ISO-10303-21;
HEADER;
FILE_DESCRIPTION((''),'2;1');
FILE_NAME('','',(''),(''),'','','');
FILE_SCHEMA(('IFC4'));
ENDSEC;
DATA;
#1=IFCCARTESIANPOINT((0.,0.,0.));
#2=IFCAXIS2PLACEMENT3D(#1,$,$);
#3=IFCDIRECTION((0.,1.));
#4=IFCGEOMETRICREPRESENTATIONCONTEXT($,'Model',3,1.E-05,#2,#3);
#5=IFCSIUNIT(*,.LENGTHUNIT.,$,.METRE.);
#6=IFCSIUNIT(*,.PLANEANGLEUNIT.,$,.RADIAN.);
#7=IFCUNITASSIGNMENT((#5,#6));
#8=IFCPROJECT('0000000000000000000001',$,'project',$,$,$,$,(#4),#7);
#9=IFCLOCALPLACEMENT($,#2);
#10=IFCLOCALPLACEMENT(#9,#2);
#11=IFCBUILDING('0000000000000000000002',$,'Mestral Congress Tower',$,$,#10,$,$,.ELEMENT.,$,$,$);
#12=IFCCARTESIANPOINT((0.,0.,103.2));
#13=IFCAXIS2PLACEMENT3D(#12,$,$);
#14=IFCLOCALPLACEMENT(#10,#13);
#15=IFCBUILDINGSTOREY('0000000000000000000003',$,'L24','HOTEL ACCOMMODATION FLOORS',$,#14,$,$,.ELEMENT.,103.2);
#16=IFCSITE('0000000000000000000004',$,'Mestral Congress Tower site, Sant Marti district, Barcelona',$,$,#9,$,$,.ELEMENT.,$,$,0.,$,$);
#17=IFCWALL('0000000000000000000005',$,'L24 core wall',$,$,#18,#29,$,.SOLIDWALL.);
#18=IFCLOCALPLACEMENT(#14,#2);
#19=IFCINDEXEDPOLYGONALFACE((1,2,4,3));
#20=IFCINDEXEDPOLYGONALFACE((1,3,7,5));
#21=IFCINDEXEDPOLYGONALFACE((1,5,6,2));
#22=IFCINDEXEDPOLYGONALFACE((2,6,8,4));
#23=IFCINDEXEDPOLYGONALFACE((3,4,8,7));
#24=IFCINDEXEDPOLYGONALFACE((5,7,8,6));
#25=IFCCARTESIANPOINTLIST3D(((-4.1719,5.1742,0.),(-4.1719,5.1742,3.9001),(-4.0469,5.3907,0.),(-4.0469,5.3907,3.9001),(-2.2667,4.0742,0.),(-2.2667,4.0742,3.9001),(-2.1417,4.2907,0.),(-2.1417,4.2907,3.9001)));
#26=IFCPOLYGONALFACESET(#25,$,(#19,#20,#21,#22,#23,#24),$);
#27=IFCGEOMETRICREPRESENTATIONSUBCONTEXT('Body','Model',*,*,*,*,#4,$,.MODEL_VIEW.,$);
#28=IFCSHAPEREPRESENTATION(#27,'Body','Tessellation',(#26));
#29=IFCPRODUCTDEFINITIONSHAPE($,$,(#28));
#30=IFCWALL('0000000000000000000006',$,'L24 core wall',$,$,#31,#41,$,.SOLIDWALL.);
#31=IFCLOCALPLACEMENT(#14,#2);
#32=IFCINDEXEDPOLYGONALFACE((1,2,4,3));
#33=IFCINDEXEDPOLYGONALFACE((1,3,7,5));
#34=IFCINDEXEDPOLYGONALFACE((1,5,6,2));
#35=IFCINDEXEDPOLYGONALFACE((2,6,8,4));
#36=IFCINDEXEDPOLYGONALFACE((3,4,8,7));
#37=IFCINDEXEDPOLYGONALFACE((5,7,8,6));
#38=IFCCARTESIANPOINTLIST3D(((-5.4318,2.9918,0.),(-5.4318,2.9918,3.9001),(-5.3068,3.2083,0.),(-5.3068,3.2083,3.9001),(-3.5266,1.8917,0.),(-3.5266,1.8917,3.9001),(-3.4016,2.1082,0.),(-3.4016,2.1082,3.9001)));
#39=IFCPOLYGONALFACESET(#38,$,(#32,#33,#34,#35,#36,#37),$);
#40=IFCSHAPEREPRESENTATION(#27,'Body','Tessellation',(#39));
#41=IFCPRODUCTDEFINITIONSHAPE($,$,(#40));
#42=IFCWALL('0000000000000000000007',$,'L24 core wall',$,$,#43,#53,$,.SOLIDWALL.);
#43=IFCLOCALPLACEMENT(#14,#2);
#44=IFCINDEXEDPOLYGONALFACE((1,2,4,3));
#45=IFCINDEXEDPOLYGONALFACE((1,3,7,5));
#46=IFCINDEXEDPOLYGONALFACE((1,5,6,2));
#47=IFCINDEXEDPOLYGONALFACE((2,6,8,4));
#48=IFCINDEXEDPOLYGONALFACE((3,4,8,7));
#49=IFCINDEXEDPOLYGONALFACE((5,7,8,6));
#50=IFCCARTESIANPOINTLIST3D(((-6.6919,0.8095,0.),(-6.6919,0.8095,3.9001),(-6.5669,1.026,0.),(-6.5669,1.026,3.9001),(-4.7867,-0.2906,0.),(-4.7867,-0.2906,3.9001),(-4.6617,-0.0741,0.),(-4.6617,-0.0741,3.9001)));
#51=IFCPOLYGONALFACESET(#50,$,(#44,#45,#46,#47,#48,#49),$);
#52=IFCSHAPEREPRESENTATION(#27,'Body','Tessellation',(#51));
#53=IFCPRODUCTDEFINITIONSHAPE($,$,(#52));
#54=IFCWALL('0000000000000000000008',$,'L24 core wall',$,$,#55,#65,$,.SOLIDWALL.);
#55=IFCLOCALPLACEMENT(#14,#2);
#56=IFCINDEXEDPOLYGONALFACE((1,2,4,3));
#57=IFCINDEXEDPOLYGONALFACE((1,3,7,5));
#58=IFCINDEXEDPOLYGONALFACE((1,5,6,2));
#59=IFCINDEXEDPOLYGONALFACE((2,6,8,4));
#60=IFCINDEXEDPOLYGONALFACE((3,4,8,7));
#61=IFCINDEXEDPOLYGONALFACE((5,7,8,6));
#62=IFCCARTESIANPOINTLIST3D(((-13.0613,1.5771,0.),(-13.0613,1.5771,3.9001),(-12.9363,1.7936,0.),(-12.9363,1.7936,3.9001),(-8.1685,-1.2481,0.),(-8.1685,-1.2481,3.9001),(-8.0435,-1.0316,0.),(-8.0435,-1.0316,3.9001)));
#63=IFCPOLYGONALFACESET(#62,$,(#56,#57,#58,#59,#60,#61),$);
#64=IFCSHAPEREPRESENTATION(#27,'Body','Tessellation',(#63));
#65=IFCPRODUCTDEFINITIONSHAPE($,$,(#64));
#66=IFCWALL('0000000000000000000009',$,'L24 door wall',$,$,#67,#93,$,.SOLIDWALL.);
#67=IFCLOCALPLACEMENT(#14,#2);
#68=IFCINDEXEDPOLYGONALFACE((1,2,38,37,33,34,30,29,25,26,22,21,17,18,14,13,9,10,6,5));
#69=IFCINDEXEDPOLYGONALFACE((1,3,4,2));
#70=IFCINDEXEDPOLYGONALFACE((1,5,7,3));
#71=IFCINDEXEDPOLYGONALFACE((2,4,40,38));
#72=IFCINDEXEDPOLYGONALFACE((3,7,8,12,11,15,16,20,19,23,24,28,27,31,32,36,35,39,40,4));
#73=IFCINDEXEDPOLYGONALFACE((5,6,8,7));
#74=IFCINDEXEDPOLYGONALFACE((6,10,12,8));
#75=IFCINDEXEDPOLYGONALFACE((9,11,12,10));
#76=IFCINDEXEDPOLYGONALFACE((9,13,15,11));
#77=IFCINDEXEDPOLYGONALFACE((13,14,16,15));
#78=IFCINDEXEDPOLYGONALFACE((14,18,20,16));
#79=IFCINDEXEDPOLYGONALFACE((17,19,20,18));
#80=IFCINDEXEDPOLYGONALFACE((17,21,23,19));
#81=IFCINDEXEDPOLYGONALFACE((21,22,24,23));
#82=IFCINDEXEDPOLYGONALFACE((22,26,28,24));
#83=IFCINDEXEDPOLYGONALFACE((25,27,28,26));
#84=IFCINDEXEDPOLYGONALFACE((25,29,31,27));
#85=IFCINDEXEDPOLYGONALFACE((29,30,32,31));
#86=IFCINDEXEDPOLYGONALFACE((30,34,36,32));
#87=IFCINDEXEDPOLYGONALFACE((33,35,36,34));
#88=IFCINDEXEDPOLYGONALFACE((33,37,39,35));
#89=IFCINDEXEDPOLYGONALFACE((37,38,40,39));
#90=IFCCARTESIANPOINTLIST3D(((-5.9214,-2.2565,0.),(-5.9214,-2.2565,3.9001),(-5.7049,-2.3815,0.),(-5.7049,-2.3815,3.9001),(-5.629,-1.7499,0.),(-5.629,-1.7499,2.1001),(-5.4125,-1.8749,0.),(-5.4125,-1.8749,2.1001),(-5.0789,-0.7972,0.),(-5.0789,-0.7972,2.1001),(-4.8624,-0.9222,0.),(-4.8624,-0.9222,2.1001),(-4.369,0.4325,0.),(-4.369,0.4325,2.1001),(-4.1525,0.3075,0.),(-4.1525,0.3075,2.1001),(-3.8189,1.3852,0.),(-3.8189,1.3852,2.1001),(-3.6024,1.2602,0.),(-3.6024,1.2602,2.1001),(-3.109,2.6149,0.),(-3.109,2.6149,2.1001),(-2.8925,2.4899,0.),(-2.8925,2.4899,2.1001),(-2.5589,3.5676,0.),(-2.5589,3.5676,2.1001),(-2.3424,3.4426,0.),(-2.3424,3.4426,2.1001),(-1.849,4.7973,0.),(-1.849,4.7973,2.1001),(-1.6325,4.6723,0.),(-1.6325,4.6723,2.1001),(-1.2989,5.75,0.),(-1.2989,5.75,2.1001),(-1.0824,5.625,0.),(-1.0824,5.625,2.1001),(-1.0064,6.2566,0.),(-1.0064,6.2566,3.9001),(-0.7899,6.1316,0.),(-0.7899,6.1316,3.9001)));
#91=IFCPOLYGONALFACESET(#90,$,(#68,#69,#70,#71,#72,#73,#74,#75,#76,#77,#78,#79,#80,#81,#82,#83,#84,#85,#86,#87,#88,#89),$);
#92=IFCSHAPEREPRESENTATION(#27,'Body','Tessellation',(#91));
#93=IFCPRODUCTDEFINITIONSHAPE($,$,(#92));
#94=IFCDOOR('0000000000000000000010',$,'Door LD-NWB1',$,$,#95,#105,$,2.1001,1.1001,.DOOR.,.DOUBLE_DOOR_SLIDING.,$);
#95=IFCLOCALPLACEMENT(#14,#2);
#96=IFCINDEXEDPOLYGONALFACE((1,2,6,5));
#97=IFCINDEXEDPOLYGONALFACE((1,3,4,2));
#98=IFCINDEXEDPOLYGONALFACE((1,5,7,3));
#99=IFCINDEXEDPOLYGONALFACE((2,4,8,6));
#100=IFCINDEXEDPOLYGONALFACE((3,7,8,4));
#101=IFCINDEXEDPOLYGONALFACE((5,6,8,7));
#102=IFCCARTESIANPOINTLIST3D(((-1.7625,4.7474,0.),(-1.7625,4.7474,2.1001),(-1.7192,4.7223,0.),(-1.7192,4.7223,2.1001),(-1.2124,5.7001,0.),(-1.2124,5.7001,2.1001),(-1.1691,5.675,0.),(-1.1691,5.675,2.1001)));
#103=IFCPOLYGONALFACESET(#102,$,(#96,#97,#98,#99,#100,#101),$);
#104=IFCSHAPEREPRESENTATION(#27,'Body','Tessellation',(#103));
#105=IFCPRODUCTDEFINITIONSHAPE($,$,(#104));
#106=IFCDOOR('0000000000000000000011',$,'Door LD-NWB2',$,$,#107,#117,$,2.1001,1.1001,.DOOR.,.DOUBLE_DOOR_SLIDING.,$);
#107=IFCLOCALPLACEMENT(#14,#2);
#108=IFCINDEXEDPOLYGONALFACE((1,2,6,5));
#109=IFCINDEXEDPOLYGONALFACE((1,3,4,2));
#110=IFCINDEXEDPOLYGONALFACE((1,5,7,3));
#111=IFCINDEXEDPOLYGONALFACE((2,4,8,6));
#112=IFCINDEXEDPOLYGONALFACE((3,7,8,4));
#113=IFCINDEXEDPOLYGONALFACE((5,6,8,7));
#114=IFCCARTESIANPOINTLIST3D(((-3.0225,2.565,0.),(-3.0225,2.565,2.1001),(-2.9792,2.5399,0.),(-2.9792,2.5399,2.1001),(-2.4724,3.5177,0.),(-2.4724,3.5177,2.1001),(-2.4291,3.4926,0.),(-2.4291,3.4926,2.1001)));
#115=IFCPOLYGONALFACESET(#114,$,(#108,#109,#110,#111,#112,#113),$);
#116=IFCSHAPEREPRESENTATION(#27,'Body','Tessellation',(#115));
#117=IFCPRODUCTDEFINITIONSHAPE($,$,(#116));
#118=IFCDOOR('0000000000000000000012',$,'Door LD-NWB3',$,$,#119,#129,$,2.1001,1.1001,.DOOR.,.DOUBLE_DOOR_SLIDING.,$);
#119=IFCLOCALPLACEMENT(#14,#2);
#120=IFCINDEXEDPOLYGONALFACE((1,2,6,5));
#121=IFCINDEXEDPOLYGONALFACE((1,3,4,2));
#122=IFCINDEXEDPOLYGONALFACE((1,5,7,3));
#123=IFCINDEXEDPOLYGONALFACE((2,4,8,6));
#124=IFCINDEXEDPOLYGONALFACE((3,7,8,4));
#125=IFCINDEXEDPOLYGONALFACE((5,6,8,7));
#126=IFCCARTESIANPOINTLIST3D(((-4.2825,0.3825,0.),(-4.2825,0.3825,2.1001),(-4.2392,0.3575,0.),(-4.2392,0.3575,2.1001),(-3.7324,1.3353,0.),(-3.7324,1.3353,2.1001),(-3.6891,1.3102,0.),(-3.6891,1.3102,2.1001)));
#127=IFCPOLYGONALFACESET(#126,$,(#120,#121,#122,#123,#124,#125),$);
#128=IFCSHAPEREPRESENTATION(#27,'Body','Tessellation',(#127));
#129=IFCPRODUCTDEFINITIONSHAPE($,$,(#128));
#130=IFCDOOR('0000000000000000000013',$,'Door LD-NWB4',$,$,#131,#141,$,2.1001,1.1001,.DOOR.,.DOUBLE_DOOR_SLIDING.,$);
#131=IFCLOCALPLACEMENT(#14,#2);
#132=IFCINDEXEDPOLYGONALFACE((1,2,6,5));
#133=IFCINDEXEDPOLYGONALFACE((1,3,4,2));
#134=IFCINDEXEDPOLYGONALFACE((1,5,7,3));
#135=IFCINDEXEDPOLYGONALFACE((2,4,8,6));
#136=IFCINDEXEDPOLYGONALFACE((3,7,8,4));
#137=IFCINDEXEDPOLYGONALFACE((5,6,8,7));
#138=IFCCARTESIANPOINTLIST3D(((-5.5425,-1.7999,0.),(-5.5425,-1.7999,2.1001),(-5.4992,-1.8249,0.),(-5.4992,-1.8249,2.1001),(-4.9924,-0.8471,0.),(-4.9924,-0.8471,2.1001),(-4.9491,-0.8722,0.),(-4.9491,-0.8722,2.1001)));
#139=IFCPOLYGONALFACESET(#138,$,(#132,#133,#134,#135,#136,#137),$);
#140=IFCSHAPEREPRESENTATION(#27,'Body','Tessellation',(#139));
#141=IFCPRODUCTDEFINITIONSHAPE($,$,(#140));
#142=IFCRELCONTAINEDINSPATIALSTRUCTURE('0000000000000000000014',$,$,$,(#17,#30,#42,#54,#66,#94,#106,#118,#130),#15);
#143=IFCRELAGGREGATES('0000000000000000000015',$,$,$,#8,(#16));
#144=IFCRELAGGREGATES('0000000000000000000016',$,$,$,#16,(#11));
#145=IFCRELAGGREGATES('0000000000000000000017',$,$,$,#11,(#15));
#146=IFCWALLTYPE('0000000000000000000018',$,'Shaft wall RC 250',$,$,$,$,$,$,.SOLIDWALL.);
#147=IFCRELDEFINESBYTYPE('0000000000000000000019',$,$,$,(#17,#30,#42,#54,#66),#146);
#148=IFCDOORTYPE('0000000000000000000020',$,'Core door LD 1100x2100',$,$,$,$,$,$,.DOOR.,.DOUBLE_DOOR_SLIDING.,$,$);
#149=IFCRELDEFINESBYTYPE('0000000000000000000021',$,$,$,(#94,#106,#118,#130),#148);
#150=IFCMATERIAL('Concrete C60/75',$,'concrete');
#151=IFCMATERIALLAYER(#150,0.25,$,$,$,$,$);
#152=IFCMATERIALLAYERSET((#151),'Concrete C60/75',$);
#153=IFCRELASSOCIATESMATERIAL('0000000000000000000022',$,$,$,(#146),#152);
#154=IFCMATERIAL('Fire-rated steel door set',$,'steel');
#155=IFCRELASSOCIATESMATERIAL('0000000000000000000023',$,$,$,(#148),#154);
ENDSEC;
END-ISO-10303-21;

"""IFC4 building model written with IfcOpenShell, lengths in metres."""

from ifc_helpers import new_model, si_unit, direction, frame, frame_2d, origin, place, context, subcontext, project, spatial, rectangle, extrude, material, layer, layer_set, type_object, element, fill, save


model = new_model("IFC4")

# Units and contexts
model_context = context("Model", 3, precision=1e-05, world=origin(), true_north=direction((0.0, 1.0)))
body_context = subcontext(model_context, "Body", "Model", "MODEL_VIEW")
ifc_project = project(units=[si_unit("LENGTHUNIT", "METRE"), si_unit("PLANEANGLEUNIT", "RADIAN")], contexts=[model_context])

# Site, building, storey
site_placement = place(None, origin())
site = spatial("IfcSite", under=ifc_project, at=site_placement, Name="Mestral Congress Tower site, Sant Marti district, Barcelona", CompositionType="ELEMENT", RefElevation=0.0)
building_placement = place(site_placement, origin())
building = spatial("IfcBuilding", under=site, at=building_placement, Name="Mestral Congress Tower", CompositionType="ELEMENT")
storey_placement = place(building_placement, frame((0.0, 0.0, 103.2)))
storey = spatial("IfcBuildingStorey", under=building, at=storey_placement, Name="L24", Description="HOTEL ACCOMMODATION FLOORS", CompositionType="ELEMENT", Elevation=103.2)

# Shared definitions
ifc_material_1 = material(Name="Concrete C60/75", Category="concrete")

# Shared definitions
ifc_material_2 = material(Name="Fire-rated steel door set", Category="steel")

# Walls
ifc_layer_1 = layer(ifc_material_1, 0.25)
ifc_layer_set_1 = layer_set([ifc_layer_1], Name="Concrete C60/75")
wall_type_1 = type_object("IfcWallType", Name="Shaft wall RC 250", PredefinedType="SOLIDWALL", material=ifc_layer_set_1)
for number, where, z_axis, x_axis, name in (
    (1, (-2.2041, 4.1824, 0.0), (0.0, 0.0, 1.0), (-0.866008, 0.50003, 0.0), "L24 core wall"),
    (2, (-5.3694, 3.1001, 0.0), (0.0, 0.0, 1.0), (0.866008, -0.50003, 0.0), "L24 core wall"),
    (3, (-4.7241, -0.1824, 0.0), (0.0, 0.0, 1.0), (-0.866008, 0.50003, 0.0), "L24 core wall"),
):
    element("IfcWall", number, at=place(storey_placement, frame(where, z_axis=z_axis, x_axis=x_axis)), inside=storey, type_object=wall_type_1, Name=name, PredefinedType="SOLIDWALL", context=body_context, shape_type="SweptSolid", body=[
        extrude(rectangle(XDim=2.2, YDim=0.25, at=frame_2d((1.1001, 0.0))), origin(), (0.0, 0.0, 1.0), 3.9001),
    ])
wall_1_placement = place(storey_placement, frame((-8.106, -1.1399, 0.0), z_axis=(0.0, 0.0, 1.0), x_axis=(-0.866001, 0.500043, 0.0)))
element("IfcWall", 4, at=wall_1_placement, inside=storey, type_object=wall_type_1, Name="L24 core wall", PredefinedType="SOLIDWALL", context=body_context, shape_type="SweptSolid", body=[
    extrude(rectangle(XDim=5.6499, YDim=0.25, at=frame_2d((2.825, 0.0))), origin(), (0.0, 0.0, 1.0), 3.9001),
])

# Wall, openings, doors
wall_2_placement = place(storey_placement, frame((-0.8982, 6.1941, 0.0), z_axis=(0.0, 0.0, 1.0), x_axis=(-0.499996, -0.866028, 0.0)))
wall_2 = element("IfcWall", 5, at=wall_2_placement, inside=storey, type_object=wall_type_1, Name="L24 door wall", PredefinedType="SOLIDWALL", context=body_context, shape_type="SweptSolid", body=[
    extrude(rectangle(XDim=9.8301, YDim=0.25, at=frame_2d((4.915, 0.0))), origin(), (0.0, 0.0, 1.0), 3.9001),
])
opening_1_placement = place(wall_2_placement, frame((0.585, 0.0, 0.0)))
opening_1 = element("IfcOpeningElement", 6, at=opening_1_placement, cuts=wall_2, PredefinedType="OPENING", context=body_context, shape_type="SweptSolid", body=[
    extrude(rectangle(XDim=1.1001, YDim=2.1001, at=frame_2d((0.55, 1.05))), frame((0.0, 0.135, 0.0), z_axis=(0.0, -1.0, 0.0), x_axis=(1.0, 0.0, 0.0)), (0.0, 0.0, 1.0), 0.27),
])
opening_2_placement = place(wall_2_placement, frame((3.105, 0.0, 0.0)))
opening_2 = element("IfcOpeningElement", 7, at=opening_2_placement, cuts=wall_2, PredefinedType="OPENING", context=body_context, shape_type="SweptSolid", body=[
    extrude(rectangle(XDim=1.1001, YDim=2.1001, at=frame_2d((0.55, 1.05))), frame((0.0, 0.135, 0.0), z_axis=(0.0, -1.0, 0.0), x_axis=(1.0, 0.0, 0.0)), (0.0, 0.0, 1.0), 0.27),
])
opening_3_placement = place(wall_2_placement, frame((5.625, 0.0, 0.0)))
opening_3 = element("IfcOpeningElement", 8, at=opening_3_placement, cuts=wall_2, PredefinedType="OPENING", context=body_context, shape_type="SweptSolid", body=[
    extrude(rectangle(XDim=1.1001, YDim=2.1001, at=frame_2d((0.55, 1.05))), frame((0.0, 0.135, 0.0), z_axis=(0.0, -1.0, 0.0), x_axis=(1.0, 0.0, 0.0)), (0.0, 0.0, 1.0), 0.27),
])
opening_4_placement = place(wall_2_placement, frame((8.145, 0.0, 0.0)))
opening_4 = element("IfcOpeningElement", 9, at=opening_4_placement, cuts=wall_2, PredefinedType="OPENING", context=body_context, shape_type="SweptSolid", body=[
    extrude(rectangle(XDim=1.1001, YDim=2.1001, at=frame_2d((0.55, 1.05))), frame((0.0, 0.135, 0.0), z_axis=(0.0, -1.0, 0.0), x_axis=(1.0, 0.0, 0.0)), (0.0, 0.0, 1.0), 0.27),
])
door_type_1 = type_object("IfcDoorType", Name="Core door LD 1100x2100", OperationType="DOUBLE_DOOR_SLIDING", PredefinedType="DOOR", material=ifc_material_2)
door_1_placement = place(opening_1_placement, origin())
door_1 = element("IfcDoor", 10, at=door_1_placement, inside=storey, type_object=door_type_1, Name="Door LD-NWB1", OperationType="DOUBLE_DOOR_SLIDING", OverallHeight=2.1001, OverallWidth=1.1001, PredefinedType="DOOR", context=body_context, shape_type="SweptSolid", body=[
    extrude(rectangle(XDim=1.1001, YDim=2.1001, at=frame_2d((0.55, 1.05))), frame((0.0, 0.0249, 0.0), z_axis=(0.0, -1.0, 0.0), x_axis=(1.0, 0.0, 0.0)), (0.0, 0.0, 1.0), 0.05),
])
fill(opening_1, door_1)
door_2_placement = place(opening_2_placement, origin())
door_2 = element("IfcDoor", 11, at=door_2_placement, inside=storey, type_object=door_type_1, Name="Door LD-NWB2", OperationType="DOUBLE_DOOR_SLIDING", OverallHeight=2.1001, OverallWidth=1.1001, PredefinedType="DOOR", context=body_context, shape_type="SweptSolid", body=[
    extrude(rectangle(XDim=1.1001, YDim=2.1001, at=frame_2d((0.55, 1.05))), frame((0.0, 0.0249, 0.0), z_axis=(0.0, -1.0, 0.0), x_axis=(1.0, 0.0, 0.0)), (0.0, 0.0, 1.0), 0.05),
])
fill(opening_2, door_2)
door_3_placement = place(opening_3_placement, origin())
door_3 = element("IfcDoor", 12, at=door_3_placement, inside=storey, type_object=door_type_1, Name="Door LD-NWB3", OperationType="DOUBLE_DOOR_SLIDING", OverallHeight=2.1001, OverallWidth=1.1001, PredefinedType="DOOR", context=body_context, shape_type="SweptSolid", body=[
    extrude(rectangle(XDim=1.1001, YDim=2.1001, at=frame_2d((0.55, 1.05))), frame((0.0, 0.0249, 0.0), z_axis=(0.0, -1.0, 0.0), x_axis=(1.0, 0.0, 0.0)), (0.0, 0.0, 1.0), 0.05),
])
fill(opening_3, door_3)
door_4_placement = place(opening_4_placement, origin())
door_4 = element("IfcDoor", 13, at=door_4_placement, inside=storey, type_object=door_type_1, Name="Door LD-NWB4", OperationType="DOUBLE_DOOR_SLIDING", OverallHeight=2.1001, OverallWidth=1.1001, PredefinedType="DOOR", context=body_context, shape_type="SweptSolid", body=[
    extrude(rectangle(XDim=1.1001, YDim=2.1001, at=frame_2d((0.55, 1.05))), frame((0.0, 0.0249, 0.0), z_axis=(0.0, -1.0, 0.0), x_axis=(1.0, 0.0, 0.0)), (0.0, 0.0, 1.0), 0.05),
])
fill(opening_4, door_4)

save(model, "model.ifc")
